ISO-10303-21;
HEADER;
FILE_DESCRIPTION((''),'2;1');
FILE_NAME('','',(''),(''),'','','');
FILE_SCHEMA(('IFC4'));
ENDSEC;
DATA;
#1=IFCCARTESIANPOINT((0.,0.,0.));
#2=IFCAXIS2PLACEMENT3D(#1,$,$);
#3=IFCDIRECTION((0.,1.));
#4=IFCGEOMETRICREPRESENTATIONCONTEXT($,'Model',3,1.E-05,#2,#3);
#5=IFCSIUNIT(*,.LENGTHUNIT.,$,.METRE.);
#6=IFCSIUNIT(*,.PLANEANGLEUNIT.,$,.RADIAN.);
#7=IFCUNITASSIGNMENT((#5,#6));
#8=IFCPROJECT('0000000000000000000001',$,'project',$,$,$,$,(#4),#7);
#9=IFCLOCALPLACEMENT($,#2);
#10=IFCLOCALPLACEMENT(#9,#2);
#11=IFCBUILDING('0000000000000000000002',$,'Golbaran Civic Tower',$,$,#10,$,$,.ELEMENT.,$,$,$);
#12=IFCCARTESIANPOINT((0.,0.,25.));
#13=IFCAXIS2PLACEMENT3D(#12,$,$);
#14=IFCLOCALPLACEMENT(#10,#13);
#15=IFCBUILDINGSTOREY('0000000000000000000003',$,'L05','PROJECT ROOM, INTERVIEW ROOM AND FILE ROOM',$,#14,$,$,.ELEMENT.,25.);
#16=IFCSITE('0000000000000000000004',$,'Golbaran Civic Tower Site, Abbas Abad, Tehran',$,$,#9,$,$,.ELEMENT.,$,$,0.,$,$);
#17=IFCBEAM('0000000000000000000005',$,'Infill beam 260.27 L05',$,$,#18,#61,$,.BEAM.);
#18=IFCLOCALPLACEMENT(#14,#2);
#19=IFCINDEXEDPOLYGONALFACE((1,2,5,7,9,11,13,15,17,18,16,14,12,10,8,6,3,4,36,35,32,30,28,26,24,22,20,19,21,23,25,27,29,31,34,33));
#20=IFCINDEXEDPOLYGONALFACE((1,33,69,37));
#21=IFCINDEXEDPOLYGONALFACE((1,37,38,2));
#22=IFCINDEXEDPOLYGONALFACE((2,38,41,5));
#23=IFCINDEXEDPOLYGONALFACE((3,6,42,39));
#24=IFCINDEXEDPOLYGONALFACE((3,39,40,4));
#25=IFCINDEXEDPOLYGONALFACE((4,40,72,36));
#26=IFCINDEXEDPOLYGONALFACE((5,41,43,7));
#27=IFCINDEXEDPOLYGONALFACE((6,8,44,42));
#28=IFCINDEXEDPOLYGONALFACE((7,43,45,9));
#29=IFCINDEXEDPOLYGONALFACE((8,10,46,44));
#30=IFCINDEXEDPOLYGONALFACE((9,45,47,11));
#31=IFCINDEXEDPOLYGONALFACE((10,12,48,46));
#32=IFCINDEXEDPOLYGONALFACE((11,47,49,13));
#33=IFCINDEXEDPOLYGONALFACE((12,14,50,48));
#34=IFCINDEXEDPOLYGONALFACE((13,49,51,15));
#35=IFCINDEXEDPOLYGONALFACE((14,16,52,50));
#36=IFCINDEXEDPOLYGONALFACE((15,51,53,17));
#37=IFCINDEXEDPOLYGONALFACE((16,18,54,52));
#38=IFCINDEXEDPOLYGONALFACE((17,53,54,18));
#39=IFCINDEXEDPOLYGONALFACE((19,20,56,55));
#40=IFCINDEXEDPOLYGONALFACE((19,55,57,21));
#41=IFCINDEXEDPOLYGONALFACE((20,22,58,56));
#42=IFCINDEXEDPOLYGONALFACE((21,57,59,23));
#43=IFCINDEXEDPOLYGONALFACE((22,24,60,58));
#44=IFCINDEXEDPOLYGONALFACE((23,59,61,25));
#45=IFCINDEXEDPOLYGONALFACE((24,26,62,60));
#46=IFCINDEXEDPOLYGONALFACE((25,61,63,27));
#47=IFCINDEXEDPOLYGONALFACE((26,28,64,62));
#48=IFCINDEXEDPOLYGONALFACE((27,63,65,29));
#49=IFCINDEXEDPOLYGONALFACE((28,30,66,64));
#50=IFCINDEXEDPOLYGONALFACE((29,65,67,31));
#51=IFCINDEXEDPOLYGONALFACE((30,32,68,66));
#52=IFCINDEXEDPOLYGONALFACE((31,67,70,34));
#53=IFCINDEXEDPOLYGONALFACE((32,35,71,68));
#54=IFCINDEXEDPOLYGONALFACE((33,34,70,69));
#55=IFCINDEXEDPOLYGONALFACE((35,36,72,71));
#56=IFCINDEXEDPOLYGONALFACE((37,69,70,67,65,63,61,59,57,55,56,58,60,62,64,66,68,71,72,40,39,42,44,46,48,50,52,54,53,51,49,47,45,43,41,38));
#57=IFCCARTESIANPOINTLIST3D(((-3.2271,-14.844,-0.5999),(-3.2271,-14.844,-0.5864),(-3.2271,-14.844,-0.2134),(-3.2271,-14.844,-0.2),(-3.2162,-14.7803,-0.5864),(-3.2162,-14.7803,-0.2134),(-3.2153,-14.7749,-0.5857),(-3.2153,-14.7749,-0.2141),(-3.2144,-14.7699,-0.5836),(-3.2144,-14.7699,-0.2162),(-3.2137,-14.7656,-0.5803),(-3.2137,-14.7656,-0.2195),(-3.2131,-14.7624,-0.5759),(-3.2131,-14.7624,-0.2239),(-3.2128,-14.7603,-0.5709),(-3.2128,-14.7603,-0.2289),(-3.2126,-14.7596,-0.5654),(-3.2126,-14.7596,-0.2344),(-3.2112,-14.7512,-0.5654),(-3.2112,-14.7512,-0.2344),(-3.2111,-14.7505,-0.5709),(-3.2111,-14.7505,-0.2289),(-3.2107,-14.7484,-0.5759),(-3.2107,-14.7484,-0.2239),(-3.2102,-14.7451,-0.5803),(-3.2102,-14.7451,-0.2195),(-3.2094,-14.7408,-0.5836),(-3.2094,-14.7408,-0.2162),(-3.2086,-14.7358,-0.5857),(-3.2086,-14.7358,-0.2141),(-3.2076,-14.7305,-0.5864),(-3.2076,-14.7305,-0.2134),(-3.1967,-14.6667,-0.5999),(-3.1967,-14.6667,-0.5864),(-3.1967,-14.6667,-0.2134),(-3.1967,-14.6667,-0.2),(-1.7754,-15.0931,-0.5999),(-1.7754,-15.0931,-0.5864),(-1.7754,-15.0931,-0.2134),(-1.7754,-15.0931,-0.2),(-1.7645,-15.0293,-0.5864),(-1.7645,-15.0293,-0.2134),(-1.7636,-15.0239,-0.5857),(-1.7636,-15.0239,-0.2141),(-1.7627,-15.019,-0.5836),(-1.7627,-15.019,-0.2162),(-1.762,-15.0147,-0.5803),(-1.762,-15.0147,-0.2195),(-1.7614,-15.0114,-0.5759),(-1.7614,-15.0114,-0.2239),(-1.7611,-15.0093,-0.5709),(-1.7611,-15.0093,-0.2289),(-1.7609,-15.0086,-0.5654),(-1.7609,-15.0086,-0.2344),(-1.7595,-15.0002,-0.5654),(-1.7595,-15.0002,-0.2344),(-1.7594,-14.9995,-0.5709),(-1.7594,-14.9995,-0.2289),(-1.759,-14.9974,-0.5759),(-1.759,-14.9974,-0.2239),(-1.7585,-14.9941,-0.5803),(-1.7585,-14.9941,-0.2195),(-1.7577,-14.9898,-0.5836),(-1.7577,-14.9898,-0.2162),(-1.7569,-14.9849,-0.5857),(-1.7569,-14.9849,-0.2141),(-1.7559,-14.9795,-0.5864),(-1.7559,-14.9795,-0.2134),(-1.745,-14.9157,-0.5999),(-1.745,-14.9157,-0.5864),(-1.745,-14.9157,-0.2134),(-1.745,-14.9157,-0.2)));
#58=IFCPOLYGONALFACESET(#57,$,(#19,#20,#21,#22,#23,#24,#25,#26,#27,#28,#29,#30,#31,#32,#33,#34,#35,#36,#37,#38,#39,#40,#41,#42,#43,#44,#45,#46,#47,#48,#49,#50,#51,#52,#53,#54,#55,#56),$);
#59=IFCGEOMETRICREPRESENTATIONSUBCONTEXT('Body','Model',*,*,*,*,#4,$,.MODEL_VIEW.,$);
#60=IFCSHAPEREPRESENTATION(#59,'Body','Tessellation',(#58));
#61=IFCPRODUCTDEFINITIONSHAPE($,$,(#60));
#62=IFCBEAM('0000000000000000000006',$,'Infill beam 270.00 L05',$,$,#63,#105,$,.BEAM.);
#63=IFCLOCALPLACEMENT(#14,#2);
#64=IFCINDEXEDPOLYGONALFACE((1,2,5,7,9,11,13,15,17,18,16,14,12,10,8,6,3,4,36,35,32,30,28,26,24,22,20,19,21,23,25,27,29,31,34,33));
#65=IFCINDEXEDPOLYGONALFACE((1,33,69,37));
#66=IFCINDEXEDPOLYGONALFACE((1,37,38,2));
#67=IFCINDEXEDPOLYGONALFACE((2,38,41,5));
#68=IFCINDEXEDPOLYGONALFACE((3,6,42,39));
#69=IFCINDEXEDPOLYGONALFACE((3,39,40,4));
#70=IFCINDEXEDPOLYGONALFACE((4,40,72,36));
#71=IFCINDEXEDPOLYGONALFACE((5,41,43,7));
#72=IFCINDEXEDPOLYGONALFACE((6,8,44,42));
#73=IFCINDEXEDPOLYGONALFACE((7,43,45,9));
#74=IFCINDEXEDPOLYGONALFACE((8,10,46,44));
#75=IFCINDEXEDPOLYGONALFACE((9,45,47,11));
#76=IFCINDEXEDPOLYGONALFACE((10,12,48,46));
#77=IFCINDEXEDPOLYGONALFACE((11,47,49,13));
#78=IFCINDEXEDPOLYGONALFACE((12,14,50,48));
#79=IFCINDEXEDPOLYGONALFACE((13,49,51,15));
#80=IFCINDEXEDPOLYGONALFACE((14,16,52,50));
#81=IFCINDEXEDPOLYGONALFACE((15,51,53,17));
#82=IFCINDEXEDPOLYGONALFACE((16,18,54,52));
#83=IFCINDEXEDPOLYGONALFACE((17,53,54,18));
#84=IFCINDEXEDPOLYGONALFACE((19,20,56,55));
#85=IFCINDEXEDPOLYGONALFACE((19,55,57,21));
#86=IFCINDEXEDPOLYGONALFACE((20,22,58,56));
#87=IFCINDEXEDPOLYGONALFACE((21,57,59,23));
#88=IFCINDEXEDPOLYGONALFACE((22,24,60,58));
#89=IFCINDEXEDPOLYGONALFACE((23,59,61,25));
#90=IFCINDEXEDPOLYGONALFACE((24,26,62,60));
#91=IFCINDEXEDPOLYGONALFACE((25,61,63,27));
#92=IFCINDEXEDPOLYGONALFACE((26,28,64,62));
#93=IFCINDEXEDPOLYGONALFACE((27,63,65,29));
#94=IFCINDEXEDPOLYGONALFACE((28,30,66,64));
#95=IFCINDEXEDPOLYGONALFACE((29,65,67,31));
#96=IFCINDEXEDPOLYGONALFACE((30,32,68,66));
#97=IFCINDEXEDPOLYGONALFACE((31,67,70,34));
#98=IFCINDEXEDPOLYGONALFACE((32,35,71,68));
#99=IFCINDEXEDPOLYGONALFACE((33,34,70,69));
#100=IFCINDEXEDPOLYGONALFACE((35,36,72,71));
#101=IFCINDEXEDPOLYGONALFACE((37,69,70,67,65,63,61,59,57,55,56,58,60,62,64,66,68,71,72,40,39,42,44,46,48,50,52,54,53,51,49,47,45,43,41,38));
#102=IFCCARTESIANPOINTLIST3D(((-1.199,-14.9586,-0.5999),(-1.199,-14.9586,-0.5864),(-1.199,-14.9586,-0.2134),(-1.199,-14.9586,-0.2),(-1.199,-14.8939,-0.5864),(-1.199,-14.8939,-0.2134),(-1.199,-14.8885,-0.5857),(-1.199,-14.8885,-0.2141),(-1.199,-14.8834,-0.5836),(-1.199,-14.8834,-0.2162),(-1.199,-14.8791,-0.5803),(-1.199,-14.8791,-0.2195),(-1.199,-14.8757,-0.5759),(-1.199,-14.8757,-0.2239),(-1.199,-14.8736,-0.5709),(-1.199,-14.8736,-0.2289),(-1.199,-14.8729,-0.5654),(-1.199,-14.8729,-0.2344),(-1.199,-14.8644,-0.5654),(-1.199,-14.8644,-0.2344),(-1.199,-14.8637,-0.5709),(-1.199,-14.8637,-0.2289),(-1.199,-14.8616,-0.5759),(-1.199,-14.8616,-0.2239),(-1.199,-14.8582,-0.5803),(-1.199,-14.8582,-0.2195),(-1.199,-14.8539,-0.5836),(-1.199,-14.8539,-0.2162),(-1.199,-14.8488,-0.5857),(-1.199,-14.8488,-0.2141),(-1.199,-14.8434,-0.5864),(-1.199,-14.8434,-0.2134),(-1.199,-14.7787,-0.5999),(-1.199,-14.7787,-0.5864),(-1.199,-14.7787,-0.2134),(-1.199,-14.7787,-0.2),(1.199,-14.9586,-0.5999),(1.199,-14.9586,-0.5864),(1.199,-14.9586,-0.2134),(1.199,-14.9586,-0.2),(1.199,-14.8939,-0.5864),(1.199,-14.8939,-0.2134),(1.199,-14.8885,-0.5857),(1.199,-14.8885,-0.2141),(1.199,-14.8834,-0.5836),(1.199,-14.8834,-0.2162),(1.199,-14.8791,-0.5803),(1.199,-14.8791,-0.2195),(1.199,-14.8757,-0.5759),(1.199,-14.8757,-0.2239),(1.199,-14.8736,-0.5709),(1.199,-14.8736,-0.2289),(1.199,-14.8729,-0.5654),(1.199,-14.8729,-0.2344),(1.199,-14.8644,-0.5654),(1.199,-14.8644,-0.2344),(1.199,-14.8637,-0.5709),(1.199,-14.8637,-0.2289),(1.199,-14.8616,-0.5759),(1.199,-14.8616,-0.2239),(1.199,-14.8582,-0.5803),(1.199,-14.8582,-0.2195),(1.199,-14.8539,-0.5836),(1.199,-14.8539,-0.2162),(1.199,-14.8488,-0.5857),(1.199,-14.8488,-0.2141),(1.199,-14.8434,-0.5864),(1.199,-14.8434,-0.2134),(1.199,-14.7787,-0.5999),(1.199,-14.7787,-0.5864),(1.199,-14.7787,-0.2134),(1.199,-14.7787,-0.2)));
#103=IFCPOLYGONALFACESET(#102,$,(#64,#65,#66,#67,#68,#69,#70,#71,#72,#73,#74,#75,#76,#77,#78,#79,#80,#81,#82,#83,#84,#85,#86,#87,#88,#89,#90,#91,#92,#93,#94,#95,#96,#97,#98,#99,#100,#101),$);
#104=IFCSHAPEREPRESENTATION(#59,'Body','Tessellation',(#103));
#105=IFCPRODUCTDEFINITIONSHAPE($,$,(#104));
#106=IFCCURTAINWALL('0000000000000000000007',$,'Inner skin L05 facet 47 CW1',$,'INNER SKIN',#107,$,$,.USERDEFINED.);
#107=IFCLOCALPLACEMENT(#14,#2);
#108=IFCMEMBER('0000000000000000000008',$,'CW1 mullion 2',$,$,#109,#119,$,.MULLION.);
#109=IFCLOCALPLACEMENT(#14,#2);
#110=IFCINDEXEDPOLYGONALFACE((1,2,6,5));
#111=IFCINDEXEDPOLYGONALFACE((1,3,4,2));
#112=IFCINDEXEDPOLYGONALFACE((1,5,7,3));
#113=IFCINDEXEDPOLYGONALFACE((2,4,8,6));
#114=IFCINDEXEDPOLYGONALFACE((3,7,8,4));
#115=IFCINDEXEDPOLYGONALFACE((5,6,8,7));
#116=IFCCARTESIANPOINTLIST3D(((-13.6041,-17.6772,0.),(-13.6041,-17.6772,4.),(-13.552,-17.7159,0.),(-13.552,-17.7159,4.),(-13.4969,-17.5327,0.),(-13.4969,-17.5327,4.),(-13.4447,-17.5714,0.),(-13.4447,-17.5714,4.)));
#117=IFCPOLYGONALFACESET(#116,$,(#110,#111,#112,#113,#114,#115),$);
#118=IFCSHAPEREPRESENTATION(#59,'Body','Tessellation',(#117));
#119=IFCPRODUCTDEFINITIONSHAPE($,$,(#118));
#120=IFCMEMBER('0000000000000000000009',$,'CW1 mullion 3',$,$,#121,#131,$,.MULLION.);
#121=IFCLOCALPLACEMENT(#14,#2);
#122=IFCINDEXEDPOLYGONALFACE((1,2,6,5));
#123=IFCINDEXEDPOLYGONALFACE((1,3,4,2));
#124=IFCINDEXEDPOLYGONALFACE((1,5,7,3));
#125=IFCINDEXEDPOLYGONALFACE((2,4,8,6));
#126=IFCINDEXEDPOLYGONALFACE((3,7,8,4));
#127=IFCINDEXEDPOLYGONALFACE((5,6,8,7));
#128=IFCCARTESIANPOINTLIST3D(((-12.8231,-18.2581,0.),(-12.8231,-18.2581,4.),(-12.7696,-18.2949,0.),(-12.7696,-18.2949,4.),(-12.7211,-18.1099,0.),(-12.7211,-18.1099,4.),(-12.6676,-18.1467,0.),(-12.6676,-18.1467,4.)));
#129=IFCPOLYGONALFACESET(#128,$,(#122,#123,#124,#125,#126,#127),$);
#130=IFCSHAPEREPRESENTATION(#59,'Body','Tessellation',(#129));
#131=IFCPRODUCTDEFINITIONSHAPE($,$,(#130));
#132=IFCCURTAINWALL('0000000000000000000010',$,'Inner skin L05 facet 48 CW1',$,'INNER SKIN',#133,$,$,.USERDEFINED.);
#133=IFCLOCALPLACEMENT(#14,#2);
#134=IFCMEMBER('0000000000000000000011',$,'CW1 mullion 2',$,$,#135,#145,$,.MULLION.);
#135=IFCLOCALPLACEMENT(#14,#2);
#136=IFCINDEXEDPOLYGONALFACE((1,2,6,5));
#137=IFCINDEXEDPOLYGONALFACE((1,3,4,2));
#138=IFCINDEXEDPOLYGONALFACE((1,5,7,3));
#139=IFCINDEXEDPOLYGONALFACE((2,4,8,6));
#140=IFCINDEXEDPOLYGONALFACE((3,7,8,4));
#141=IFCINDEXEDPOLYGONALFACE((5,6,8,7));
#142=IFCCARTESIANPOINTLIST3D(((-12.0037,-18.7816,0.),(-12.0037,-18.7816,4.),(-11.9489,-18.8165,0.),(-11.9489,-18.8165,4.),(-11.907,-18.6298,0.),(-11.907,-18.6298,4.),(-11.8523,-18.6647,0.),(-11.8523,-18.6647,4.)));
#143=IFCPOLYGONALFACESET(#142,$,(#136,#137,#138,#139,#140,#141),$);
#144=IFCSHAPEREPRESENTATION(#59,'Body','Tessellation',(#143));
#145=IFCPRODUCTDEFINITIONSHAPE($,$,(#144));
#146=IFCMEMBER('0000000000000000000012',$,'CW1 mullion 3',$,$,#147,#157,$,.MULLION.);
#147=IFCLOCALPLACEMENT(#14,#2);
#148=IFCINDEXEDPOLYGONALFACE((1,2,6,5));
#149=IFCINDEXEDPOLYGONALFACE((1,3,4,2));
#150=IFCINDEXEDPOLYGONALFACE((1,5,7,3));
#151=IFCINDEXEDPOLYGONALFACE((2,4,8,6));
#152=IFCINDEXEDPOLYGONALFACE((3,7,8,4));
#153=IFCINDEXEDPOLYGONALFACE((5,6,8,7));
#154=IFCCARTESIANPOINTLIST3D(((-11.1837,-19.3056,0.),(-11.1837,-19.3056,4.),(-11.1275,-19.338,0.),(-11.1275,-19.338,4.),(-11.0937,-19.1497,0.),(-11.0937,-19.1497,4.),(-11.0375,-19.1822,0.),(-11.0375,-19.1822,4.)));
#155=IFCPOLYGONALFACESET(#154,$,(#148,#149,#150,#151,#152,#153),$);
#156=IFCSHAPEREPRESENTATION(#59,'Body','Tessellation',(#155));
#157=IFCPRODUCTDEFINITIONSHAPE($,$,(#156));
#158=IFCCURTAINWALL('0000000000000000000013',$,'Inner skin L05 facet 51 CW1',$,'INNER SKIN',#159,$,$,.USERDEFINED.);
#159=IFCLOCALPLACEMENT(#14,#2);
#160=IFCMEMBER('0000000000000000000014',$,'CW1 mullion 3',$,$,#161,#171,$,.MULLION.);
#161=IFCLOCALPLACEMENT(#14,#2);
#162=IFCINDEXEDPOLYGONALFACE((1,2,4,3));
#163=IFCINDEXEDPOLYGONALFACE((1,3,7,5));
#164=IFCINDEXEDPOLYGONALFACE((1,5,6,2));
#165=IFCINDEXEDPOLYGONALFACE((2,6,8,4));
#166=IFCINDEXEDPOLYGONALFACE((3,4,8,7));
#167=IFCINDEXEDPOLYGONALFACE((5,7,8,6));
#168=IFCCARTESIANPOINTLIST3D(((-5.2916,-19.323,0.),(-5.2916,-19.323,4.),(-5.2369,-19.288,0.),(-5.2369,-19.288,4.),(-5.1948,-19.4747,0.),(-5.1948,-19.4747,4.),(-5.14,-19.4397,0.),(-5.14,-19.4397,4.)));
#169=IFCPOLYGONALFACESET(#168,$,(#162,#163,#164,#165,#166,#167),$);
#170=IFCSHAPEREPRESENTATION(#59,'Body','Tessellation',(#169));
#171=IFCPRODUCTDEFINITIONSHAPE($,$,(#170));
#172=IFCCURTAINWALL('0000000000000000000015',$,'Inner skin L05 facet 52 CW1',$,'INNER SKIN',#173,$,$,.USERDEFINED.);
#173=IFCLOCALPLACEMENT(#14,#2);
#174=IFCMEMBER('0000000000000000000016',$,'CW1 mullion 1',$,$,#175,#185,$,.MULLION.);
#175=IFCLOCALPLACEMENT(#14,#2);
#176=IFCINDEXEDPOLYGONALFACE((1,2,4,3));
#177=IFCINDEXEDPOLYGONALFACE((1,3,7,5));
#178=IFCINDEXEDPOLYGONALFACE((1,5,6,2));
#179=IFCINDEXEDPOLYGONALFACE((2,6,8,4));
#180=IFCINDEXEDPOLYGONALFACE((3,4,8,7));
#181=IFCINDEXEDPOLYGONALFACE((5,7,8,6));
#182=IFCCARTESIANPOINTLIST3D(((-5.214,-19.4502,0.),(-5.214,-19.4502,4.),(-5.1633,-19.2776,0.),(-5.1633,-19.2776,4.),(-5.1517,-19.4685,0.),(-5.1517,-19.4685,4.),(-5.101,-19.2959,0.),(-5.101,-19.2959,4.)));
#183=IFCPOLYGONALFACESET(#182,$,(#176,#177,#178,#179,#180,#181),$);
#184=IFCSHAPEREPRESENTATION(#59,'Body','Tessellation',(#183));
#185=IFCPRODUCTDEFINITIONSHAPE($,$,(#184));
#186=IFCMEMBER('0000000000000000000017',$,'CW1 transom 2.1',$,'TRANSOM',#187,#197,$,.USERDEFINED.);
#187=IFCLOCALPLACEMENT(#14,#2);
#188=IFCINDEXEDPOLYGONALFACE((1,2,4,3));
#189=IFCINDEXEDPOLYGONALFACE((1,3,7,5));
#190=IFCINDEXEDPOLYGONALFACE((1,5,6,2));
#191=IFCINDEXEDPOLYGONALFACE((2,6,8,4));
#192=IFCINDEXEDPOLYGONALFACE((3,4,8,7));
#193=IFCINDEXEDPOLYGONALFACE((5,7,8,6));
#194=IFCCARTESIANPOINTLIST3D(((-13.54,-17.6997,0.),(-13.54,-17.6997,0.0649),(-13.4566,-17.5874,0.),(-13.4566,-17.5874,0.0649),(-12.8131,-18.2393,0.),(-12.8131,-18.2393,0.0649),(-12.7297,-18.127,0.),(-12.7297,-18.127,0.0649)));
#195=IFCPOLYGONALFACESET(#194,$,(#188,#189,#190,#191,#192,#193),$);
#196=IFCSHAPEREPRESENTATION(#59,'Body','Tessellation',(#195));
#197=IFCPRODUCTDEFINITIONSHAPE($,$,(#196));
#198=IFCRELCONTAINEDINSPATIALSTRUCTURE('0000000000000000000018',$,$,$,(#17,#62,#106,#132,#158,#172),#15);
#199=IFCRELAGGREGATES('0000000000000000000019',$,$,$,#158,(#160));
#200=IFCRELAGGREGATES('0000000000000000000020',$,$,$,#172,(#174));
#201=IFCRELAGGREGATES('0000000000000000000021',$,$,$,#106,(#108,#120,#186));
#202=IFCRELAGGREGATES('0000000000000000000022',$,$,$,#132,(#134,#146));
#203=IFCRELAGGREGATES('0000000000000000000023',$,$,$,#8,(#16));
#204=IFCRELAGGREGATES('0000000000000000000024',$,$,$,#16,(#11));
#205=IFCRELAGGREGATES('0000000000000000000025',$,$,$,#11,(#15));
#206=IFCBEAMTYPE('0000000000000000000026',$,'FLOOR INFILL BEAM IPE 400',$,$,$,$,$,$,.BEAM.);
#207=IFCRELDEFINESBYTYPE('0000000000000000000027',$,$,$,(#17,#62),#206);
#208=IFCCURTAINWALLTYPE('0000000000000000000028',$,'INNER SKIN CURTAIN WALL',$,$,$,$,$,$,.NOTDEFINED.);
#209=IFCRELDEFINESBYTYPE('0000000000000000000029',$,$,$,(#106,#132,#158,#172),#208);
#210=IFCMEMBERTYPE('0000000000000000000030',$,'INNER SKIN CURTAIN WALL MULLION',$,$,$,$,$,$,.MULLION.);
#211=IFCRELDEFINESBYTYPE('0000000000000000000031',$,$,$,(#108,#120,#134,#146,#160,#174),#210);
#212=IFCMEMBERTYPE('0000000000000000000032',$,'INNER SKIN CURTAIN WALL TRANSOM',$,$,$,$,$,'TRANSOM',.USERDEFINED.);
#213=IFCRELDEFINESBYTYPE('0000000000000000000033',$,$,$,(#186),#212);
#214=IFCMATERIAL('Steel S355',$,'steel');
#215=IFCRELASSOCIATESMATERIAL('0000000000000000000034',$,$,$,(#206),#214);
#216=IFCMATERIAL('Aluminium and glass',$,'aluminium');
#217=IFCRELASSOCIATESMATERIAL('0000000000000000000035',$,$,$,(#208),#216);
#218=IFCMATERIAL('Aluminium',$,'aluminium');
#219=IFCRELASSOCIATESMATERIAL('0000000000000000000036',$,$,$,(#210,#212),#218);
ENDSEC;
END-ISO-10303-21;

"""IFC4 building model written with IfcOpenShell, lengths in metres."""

from ifc_helpers import new_model, si_unit, direction, frame, origin, origin_2d, place, context, subcontext, project, spatial, rectangle, i_section, extrude, material, material_profile, profile_set, type_object, element, aggregate, save


model = new_model("IFC4")

# Units and contexts
model_context = context("Model", 3, precision=1e-05, world=origin(), true_north=direction((0.0, 1.0)))
body_context = subcontext(model_context, "Body", "Model", "MODEL_VIEW")
ifc_project = project(units=[si_unit("LENGTHUNIT", "METRE"), si_unit("PLANEANGLEUNIT", "RADIAN")], contexts=[model_context])

# Site, building, storey
site_placement = place(None, origin())
site = spatial("IfcSite", under=ifc_project, at=site_placement, Name="Golbaran Civic Tower Site, Abbas Abad, Tehran", CompositionType="ELEMENT", RefElevation=0.0)
building_placement = place(site_placement, origin())
building = spatial("IfcBuilding", under=site, at=building_placement, Name="Golbaran Civic Tower", CompositionType="ELEMENT")
storey_placement = place(building_placement, frame((0.0, 0.0, 25.0)))
storey = spatial("IfcBuildingStorey", under=building, at=storey_placement, Name="L05", Description="PROJECT ROOM, INTERVIEW ROOM AND FILE ROOM", CompositionType="ELEMENT", Elevation=25.0)

# Beams
ifc_material_1 = material(Name="Steel S355", Category="steel")
ifc_material_profile_1 = material_profile(ifc_material_1, i_section(OverallWidth=0.1799, OverallDepth=0.3999, WebThickness=0.0085, FlangeThickness=0.0134, FilletRadius=0.021, at=origin_2d()), Name="IPE 400")
ifc_profile_set_1 = profile_set([ifc_material_profile_1], Name="Steel S355")
beam_type_1 = type_object("IfcBeamType", Name="FLOOR INFILL BEAM IPE 400", PredefinedType="BEAM", material=ifc_profile_set_1)
beam_1_placement = place(storey_placement, frame((-3.2119, -14.7554, -0.3999), z_axis=(0.985603, -0.169074, 0.0), x_axis=(0.169074, 0.985603, 0.0)))
element("IfcBeam", 1, at=beam_1_placement, inside=storey, type_object=beam_type_1, Name="Infill beam 260.27 L05", PredefinedType="BEAM", context=body_context, shape_type="SweptSolid", body=[
    extrude(i_section(OverallWidth=0.1799, OverallDepth=0.3999, WebThickness=0.0085, FlangeThickness=0.0134, FilletRadius=0.021, at=origin_2d()), origin(), (0.0, 0.0, 1.0), 1.4729),
])
beam_2_placement = place(storey_placement, frame((-1.199, -14.8687, -0.3999), z_axis=(1.0, 0.0, 0.0), x_axis=(0.0, 1.0, 0.0)))
element("IfcBeam", 2, at=beam_2_placement, inside=storey, type_object=beam_type_1, Name="Infill beam 270.00 L05", PredefinedType="BEAM", context=body_context, shape_type="SweptSolid", body=[
    extrude(i_section(OverallWidth=0.1799, OverallDepth=0.3999, WebThickness=0.0085, FlangeThickness=0.0134, FilletRadius=0.021, at=origin_2d()), origin(), (0.0, 0.0, 1.0), 2.3979),
])

# Curtain walls, members
ifc_material_2 = material(Name="Aluminium and glass", Category="aluminium")
curtain_wall_type = type_object("IfcCurtainWallType", Name="INNER SKIN CURTAIN WALL", PredefinedType="NOTDEFINED", material=ifc_material_2)
curtain_wall_1_placement = place(storey_placement, origin())
curtain_wall_1 = element("IfcCurtainWall", 3, at=curtain_wall_1_placement, inside=storey, type_object=curtain_wall_type, Name="Inner skin L05 facet 47 CW1", ObjectType="INNER SKIN", PredefinedType="USERDEFINED")
ifc_material_3 = material(Name="Aluminium", Category="aluminium")
ifc_material_profile_2 = material_profile(ifc_material_3, rectangle(XDim=0.1799, YDim=0.0649, at=origin_2d()), Name="INNER SKIN CURTAIN WALL MULLION")
ifc_profile_set_2 = profile_set([ifc_material_profile_2], Name="Aluminium")
member_type_1 = type_object("IfcMemberType", Name="INNER SKIN CURTAIN WALL MULLION", PredefinedType="MULLION", material=ifc_profile_set_2)
member_1_placement = place(storey_placement, frame((-13.5244, -17.6243, 0.0), z_axis=(0.0, 0.0, 1.0), x_axis=(0.596019, 0.80297, 0.0)))
member_1 = element("IfcMember", 4, at=member_1_placement, type_object=member_type_1, Name="CW1 mullion 2", PredefinedType="MULLION", context=body_context, shape_type="SweptSolid", body=[
    extrude(rectangle(XDim=0.1799, YDim=0.0649, at=origin_2d()), origin(), (0.0, 0.0, 1.0), 4.0),
])
member_2_placement = place(storey_placement, frame((-12.7454, -18.2024, 0.0), z_axis=(0.0, 0.0, 1.0), x_axis=(0.56702, 0.823704, 0.0)))
member_2 = element("IfcMember", 5, at=member_2_placement, type_object=member_type_1, Name="CW1 mullion 3", PredefinedType="MULLION", context=body_context, shape_type="SweptSolid", body=[
    extrude(rectangle(XDim=0.1799, YDim=0.0649, at=origin_2d()), origin(), (0.0, 0.0, 1.0), 4.0),
])
curtain_wall_2_placement = place(storey_placement, origin())
curtain_wall_2 = element("IfcCurtainWall", 6, at=curtain_wall_2_placement, inside=storey, type_object=curtain_wall_type, Name="Inner skin L05 facet 48 CW1", ObjectType="INNER SKIN", PredefinedType="USERDEFINED")
member_3_placement = place(storey_placement, frame((-11.928, -18.7231, 0.0), z_axis=(0.0, 0.0, 1.0), x_axis=(0.5373, 0.843391, 0.0)))
member_3 = element("IfcMember", 7, at=member_3_placement, type_object=member_type_1, Name="CW1 mullion 2", PredefinedType="MULLION", context=body_context, shape_type="SweptSolid", body=[
    extrude(rectangle(XDim=0.1799, YDim=0.0649, at=origin_2d()), origin(), (0.0, 0.0, 1.0), 4.0),
])
member_4_placement = place(storey_placement, frame((-11.1106, -19.2439, 0.0), z_axis=(0.0, 0.0, 1.0), x_axis=(0.5, 0.866025, 0.0)))
member_4 = element("IfcMember", 8, at=member_4_placement, type_object=member_type_1, Name="CW1 mullion 3", PredefinedType="MULLION", context=body_context, shape_type="SweptSolid", body=[
    extrude(rectangle(XDim=0.1799, YDim=0.0649, at=origin_2d()), origin(), (0.0, 0.0, 1.0), 4.0),
])

# Curtain walls, members
curtain_wall_3_placement = place(storey_placement, origin())
curtain_wall_3 = element("IfcCurtainWall", 9, at=curtain_wall_3_placement, inside=storey, type_object=curtain_wall_type, Name="Inner skin L05 facet 51 CW1", ObjectType="INNER SKIN", PredefinedType="USERDEFINED")
member_5_placement = place(storey_placement, frame((-5.2158, -19.3813, 0.0), z_axis=(0.0, 0.0, 1.0), x_axis=(-0.538063, 0.842904, 0.0)))
member_5 = element("IfcMember", 10, at=member_5_placement, type_object=member_type_1, Name="CW1 mullion 3", PredefinedType="MULLION", context=body_context, shape_type="SweptSolid", body=[
    extrude(rectangle(XDim=0.1799, YDim=0.0649, at=origin_2d()), origin(), (0.0, 0.0, 1.0), 4.0),
])
aggregate(curtain_wall_3, [member_5])
curtain_wall_4_placement = place(storey_placement, origin())
curtain_wall_4 = element("IfcCurtainWall", 11, at=curtain_wall_4_placement, inside=storey, type_object=curtain_wall_type, Name="Inner skin L05 facet 52 CW1", ObjectType="INNER SKIN", PredefinedType="USERDEFINED")
member_6_placement = place(storey_placement, frame((-5.1575, -19.373, 0.0), z_axis=(0.0, 0.0, 1.0), x_axis=(0.281964, 0.959425, 0.0)))
member_6 = element("IfcMember", 12, at=member_6_placement, type_object=member_type_1, Name="CW1 mullion 1", PredefinedType="MULLION", context=body_context, shape_type="SweptSolid", body=[
    extrude(rectangle(XDim=0.1799, YDim=0.0649, at=origin_2d()), origin(), (0.0, 0.0, 1.0), 4.0),
])

# Member
ifc_material_profile_3 = material_profile(ifc_material_3, rectangle(XDim=0.1399, YDim=0.0649, at=origin_2d()), Name="INNER SKIN CURTAIN WALL TRANSOM")
ifc_profile_set_3 = profile_set([ifc_material_profile_3], Name="Aluminium")
member_type_2 = type_object("IfcMemberType", Name="INNER SKIN CURTAIN WALL TRANSOM", ElementType="TRANSOM", PredefinedType="USERDEFINED", material=ifc_profile_set_3)
member_7_placement = place(storey_placement, frame((-13.4983, -17.6436, 0.0325), z_axis=(0.802936, -0.596066, 0.0), x_axis=(0.596066, 0.802936, 0.0)))
member_7 = element("IfcMember", 13, at=member_7_placement, type_object=member_type_2, Name="CW1 transom 2.1", ObjectType="TRANSOM", PredefinedType="USERDEFINED", context=body_context, shape_type="SweptSolid", body=[
    extrude(rectangle(XDim=0.1399, YDim=0.0649, at=origin_2d()), origin(), (0.0, 0.0, 1.0), 0.9053),
])

aggregate(curtain_wall_4, [member_6])

aggregate(curtain_wall_1, [member_1, member_2, member_7])
aggregate(curtain_wall_2, [member_3, member_4])

save(model, "model.ifc")
